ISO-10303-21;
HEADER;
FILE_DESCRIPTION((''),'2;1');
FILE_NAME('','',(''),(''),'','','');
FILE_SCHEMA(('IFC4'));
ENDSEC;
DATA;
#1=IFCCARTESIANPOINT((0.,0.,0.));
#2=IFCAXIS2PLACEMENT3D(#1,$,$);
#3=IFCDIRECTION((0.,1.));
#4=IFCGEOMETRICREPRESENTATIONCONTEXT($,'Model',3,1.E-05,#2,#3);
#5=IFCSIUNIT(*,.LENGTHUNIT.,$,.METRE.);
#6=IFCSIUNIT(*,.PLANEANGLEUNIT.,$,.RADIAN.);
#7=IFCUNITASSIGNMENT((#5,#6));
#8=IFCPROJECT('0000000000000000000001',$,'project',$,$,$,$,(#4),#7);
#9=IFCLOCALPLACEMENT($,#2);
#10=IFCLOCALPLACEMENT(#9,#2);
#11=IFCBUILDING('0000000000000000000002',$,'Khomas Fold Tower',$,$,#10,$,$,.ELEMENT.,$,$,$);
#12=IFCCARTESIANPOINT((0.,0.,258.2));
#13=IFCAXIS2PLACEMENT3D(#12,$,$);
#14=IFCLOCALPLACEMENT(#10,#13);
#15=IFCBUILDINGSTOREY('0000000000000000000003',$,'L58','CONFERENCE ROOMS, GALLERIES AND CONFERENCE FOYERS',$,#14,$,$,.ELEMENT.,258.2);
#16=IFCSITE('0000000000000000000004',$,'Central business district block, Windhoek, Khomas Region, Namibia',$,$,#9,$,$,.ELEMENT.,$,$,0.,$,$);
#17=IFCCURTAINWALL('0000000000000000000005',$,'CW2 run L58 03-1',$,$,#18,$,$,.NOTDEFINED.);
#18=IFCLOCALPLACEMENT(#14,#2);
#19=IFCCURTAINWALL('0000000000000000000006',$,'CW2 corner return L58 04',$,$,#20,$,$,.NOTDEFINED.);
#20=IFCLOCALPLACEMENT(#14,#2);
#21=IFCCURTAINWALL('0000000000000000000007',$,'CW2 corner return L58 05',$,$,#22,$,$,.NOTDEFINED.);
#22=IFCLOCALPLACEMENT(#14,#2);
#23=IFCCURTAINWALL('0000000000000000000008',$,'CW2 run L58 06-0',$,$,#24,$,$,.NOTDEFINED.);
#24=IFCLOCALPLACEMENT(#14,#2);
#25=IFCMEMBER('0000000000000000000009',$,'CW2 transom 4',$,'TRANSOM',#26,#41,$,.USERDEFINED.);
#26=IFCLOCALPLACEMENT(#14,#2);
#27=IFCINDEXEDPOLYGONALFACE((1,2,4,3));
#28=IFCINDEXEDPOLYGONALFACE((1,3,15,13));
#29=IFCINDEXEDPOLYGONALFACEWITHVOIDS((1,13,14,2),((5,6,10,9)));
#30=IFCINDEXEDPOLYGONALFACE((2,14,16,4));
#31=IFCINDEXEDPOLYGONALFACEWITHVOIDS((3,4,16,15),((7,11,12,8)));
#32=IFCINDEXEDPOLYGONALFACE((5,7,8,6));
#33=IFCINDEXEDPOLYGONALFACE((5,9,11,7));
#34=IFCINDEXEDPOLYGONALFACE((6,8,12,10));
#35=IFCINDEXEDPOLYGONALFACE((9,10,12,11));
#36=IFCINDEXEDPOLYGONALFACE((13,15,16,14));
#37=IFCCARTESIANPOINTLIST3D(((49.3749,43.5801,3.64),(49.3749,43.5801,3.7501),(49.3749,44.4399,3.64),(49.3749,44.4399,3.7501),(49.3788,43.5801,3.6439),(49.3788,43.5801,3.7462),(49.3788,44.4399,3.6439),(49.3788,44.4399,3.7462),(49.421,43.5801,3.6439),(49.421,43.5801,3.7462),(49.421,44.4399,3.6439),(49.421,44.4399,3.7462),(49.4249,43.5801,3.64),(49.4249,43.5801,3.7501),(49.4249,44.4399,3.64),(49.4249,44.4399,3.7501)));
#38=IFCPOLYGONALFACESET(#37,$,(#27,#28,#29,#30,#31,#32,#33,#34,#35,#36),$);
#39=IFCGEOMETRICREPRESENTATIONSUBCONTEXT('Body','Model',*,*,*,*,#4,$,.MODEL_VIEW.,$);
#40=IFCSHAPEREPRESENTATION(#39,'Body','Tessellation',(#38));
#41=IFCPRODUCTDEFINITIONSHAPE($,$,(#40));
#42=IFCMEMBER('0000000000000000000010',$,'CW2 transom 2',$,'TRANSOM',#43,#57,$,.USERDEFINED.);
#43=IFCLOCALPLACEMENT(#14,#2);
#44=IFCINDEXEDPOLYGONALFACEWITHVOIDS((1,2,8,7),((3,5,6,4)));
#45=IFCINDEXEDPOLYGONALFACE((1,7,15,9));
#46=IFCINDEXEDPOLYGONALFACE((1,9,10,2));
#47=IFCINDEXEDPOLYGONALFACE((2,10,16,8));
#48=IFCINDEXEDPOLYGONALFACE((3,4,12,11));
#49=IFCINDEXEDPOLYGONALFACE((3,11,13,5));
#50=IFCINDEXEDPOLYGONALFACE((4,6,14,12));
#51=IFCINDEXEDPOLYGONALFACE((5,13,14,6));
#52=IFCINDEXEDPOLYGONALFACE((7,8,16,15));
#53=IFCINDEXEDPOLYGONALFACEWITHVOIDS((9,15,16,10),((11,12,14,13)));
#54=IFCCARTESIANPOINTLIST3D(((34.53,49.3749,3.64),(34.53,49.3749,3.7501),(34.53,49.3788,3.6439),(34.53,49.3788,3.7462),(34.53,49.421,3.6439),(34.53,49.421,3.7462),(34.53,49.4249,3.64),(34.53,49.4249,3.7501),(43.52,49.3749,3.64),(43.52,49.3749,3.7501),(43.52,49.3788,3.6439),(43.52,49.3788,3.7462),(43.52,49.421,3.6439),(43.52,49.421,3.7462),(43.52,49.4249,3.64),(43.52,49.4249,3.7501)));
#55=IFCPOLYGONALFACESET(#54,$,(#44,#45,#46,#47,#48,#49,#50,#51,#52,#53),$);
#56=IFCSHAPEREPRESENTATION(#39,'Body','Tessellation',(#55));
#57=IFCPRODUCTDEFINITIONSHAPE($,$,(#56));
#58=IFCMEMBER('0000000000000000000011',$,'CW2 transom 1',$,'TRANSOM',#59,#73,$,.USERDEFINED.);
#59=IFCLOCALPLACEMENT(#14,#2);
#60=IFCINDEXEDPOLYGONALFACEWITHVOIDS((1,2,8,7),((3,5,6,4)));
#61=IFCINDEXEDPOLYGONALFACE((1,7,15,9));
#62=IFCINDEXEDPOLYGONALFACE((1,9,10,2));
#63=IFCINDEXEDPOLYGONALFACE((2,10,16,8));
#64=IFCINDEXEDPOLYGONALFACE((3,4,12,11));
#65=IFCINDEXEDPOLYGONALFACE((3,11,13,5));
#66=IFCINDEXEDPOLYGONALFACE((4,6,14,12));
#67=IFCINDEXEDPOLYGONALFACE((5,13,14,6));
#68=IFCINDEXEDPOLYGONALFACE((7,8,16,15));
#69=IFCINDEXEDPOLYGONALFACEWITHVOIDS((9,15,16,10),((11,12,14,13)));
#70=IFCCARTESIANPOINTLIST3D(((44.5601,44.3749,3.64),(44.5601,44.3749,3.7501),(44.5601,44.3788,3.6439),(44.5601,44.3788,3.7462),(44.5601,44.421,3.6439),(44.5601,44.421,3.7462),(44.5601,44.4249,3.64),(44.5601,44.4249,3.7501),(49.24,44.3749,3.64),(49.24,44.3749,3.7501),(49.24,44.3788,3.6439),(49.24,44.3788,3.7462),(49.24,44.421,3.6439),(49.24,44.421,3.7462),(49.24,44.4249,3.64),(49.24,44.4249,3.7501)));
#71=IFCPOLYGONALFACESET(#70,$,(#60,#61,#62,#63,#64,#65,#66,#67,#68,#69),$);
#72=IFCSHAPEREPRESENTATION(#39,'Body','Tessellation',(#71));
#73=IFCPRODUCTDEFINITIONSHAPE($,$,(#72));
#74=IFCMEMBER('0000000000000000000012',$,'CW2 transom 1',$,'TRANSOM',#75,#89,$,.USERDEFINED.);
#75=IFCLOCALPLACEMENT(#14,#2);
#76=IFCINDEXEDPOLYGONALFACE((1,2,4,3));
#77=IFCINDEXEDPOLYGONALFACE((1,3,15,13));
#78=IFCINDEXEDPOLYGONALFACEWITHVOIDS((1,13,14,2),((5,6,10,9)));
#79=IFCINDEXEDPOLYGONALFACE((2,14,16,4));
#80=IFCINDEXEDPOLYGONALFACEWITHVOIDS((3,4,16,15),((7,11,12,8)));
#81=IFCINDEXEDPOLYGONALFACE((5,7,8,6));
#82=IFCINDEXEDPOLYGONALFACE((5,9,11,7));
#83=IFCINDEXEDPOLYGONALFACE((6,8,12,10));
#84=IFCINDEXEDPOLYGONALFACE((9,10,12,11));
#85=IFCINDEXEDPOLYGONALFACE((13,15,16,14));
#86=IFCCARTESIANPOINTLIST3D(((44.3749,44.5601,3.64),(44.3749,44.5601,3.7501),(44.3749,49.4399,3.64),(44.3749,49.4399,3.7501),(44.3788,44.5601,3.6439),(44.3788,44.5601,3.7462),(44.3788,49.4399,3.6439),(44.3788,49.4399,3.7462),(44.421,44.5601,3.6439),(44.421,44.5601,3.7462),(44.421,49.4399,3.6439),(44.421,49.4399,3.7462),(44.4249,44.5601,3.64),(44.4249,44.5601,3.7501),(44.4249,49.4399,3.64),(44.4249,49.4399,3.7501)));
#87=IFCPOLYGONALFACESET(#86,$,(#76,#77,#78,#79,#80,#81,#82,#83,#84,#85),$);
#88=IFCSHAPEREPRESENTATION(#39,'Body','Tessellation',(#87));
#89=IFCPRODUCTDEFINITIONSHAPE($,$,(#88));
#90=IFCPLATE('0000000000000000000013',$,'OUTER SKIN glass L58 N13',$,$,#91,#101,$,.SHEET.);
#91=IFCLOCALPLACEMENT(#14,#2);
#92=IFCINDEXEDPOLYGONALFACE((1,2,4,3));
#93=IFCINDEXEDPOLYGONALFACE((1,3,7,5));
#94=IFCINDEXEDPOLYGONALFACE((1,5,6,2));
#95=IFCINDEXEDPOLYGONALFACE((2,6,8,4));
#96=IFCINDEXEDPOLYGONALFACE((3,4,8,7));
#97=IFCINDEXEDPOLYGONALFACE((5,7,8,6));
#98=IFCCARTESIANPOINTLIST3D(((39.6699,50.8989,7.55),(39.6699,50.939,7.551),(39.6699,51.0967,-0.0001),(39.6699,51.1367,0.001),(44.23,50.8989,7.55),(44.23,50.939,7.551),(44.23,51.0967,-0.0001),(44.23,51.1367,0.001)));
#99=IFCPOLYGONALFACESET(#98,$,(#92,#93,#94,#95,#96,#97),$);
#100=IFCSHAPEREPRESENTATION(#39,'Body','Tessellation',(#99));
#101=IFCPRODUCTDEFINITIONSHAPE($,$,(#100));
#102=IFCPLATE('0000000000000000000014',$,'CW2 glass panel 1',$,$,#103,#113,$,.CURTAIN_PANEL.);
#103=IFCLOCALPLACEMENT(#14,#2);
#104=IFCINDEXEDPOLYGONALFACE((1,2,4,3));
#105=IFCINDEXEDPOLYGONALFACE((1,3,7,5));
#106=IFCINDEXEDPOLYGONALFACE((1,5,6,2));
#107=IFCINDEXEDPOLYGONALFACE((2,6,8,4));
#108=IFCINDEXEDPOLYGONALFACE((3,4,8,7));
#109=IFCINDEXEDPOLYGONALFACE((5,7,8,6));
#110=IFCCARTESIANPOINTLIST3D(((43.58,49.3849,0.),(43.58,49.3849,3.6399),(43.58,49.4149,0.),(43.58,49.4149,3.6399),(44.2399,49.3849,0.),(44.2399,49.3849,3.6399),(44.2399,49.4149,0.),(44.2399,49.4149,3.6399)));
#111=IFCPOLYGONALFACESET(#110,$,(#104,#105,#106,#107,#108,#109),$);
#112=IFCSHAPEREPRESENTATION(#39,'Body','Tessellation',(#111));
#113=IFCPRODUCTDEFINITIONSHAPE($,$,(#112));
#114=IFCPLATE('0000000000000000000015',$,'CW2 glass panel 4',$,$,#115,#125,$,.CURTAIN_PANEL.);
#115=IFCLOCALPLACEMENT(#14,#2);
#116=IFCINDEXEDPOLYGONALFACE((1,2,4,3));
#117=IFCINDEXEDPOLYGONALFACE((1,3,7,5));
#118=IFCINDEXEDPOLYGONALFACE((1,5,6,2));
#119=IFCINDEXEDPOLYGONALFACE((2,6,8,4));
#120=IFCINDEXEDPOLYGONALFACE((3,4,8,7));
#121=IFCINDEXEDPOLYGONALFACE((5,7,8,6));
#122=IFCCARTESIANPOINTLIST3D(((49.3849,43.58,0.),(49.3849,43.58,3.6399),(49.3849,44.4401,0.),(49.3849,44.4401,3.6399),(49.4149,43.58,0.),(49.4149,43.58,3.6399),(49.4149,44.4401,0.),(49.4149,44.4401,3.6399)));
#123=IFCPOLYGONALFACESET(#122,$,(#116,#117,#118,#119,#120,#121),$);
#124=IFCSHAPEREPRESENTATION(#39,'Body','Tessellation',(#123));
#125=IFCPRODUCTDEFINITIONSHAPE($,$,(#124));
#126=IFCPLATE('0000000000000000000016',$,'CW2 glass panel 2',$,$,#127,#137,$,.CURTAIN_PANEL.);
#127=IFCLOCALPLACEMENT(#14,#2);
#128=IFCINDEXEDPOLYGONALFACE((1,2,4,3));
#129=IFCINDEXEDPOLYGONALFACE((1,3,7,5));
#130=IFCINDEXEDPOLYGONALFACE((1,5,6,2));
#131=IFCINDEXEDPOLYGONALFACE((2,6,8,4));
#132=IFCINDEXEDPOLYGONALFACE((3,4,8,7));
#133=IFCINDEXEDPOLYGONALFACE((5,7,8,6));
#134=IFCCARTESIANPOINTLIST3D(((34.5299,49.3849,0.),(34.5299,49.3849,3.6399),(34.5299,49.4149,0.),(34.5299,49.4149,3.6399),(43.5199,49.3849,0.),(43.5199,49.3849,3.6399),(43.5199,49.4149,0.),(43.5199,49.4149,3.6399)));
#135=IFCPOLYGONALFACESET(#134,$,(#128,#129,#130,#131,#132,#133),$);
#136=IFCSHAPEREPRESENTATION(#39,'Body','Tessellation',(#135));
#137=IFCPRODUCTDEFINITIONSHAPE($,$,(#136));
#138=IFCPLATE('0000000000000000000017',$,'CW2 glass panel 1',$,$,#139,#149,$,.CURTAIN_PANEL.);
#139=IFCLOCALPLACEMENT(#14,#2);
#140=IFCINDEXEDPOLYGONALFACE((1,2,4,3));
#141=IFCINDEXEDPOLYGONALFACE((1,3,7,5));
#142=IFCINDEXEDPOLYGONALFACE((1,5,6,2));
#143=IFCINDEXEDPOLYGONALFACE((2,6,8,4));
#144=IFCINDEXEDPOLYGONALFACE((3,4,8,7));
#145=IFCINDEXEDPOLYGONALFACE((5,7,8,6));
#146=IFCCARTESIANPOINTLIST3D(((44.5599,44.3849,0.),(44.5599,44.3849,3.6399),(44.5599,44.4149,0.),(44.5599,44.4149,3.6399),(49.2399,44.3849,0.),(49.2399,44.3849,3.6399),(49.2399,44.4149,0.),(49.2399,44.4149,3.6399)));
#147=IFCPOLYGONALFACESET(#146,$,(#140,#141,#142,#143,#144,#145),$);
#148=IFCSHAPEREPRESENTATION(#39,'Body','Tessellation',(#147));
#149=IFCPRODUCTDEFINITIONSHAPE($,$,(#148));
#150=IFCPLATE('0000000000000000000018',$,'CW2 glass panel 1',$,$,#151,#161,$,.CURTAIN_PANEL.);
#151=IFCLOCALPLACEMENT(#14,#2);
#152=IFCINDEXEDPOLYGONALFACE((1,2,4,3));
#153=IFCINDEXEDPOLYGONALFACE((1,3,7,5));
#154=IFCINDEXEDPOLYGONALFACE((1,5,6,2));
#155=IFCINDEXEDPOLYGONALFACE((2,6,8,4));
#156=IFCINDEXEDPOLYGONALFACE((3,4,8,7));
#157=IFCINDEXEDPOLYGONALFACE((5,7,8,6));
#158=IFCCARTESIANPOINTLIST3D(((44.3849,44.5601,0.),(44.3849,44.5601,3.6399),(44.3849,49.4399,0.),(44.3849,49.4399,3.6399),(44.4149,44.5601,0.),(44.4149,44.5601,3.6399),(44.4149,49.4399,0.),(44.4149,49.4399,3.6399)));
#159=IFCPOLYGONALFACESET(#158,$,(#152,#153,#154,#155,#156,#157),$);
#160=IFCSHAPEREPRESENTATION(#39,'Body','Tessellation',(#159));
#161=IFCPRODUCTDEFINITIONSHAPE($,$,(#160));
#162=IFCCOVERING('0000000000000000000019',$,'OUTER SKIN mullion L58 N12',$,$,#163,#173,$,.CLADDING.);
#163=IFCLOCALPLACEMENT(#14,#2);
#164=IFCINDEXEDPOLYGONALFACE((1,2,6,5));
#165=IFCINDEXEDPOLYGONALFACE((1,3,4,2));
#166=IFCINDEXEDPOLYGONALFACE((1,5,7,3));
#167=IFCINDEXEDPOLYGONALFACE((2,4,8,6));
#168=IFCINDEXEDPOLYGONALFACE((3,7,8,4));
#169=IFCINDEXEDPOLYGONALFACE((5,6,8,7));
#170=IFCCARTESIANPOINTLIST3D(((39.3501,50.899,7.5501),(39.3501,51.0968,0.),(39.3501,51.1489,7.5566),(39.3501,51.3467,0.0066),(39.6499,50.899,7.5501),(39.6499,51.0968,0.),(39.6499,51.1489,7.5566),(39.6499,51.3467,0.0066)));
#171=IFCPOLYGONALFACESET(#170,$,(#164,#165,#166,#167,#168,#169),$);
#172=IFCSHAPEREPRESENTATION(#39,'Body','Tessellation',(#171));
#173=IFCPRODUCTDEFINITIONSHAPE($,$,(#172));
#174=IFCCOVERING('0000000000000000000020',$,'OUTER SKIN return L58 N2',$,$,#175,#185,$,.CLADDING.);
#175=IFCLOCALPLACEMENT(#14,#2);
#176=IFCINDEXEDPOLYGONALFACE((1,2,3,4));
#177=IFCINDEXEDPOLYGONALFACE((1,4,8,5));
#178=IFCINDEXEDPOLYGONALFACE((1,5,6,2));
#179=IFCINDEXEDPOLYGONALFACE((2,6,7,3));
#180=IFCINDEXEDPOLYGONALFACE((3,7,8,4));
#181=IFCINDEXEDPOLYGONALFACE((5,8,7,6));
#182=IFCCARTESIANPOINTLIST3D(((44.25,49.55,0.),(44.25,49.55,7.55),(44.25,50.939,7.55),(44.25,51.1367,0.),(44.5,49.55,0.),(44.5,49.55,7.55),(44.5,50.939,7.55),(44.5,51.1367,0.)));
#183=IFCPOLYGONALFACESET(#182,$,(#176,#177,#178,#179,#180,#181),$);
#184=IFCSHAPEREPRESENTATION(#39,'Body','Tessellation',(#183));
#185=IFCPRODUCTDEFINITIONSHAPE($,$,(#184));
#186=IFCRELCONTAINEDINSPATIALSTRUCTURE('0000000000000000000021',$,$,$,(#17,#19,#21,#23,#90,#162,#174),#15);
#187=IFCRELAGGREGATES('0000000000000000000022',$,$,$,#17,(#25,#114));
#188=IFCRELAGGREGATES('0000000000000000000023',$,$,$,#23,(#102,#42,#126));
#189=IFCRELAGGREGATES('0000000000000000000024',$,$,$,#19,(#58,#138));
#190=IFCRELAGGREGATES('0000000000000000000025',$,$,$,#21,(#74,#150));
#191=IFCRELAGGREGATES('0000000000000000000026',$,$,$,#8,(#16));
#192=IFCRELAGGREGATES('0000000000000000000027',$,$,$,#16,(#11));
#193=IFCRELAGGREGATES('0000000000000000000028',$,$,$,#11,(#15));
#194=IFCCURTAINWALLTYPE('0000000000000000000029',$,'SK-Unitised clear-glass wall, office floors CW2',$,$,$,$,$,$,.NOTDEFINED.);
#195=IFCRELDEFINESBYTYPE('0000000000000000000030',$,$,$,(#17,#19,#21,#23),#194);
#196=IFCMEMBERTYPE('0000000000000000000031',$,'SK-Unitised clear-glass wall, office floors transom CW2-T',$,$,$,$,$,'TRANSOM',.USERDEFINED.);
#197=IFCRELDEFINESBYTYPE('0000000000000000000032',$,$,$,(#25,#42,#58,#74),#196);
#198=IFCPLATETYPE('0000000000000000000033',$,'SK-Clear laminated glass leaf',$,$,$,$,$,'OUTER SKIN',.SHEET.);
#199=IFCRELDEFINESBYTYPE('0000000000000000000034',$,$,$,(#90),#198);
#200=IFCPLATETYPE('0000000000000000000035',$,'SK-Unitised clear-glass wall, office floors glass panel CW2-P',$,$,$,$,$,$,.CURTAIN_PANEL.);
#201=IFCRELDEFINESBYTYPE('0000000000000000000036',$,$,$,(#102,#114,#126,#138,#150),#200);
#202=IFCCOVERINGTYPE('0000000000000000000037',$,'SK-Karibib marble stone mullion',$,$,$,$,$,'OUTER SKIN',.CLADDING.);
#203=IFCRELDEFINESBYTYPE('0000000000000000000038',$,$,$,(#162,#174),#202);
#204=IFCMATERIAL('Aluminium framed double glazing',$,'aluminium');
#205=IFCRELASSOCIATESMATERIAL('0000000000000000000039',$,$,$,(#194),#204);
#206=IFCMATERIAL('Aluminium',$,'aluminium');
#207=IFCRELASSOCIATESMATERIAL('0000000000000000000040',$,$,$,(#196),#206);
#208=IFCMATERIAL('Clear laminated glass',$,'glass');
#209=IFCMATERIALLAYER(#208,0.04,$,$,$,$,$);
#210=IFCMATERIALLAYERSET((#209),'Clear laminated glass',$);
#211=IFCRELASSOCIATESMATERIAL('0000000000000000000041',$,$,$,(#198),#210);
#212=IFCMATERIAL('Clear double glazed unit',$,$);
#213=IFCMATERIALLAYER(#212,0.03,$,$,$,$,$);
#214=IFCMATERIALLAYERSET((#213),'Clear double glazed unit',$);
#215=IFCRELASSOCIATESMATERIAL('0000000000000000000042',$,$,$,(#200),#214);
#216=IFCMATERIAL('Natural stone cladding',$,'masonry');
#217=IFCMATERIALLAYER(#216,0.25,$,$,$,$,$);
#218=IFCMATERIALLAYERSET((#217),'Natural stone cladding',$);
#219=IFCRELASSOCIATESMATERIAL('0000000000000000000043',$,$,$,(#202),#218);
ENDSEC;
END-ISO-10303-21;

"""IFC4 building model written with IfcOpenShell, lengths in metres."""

from ifc_helpers import new_model, si_unit, direction, frame, origin, origin_2d, place, context, subcontext, project, spatial, polyline, rectangle, hollow_rectangle, outline, extrude, source, transform, mapped, material, layer, layer_set, material_profile, profile_set, type_object, element, aggregate, save


model = new_model("IFC4")

# Units and contexts
model_context = context("Model", 3, precision=1e-05, world=origin(), true_north=direction((0.0, 1.0)))
body_context = subcontext(model_context, "Body", "Model", "MODEL_VIEW")
ifc_project = project(units=[si_unit("LENGTHUNIT", "METRE"), si_unit("PLANEANGLEUNIT", "RADIAN")], contexts=[model_context])

# Site, building, storey
site_placement = place(None, origin())
site = spatial("IfcSite", under=ifc_project, at=site_placement, Name="Central business district block, Windhoek, Khomas Region, Namibia", CompositionType="ELEMENT", RefElevation=0.0)
building_placement = place(site_placement, origin())
building = spatial("IfcBuilding", under=site, at=building_placement, Name="Khomas Fold Tower", CompositionType="ELEMENT")
storey_placement = place(building_placement, frame((0.0, 0.0, 258.2)))
storey = spatial("IfcBuildingStorey", under=building, at=storey_placement, Name="L58", Description="CONFERENCE ROOMS, GALLERIES AND CONFERENCE FOYERS", CompositionType="ELEMENT", Elevation=258.2)

# Curtain walls
ifc_material_1 = material(Name="Aluminium framed double glazing", Category="aluminium")
curtain_wall_type = type_object("IfcCurtainWallType", Name="SK-Unitised clear-glass wall, office floors CW2", PredefinedType="NOTDEFINED", material=ifc_material_1)
curtain_wall_1_placement = place(storey_placement, origin())
curtain_wall_1 = element("IfcCurtainWall", 1, at=curtain_wall_1_placement, inside=storey, type_object=curtain_wall_type, Name="CW2 run L58 03-1", PredefinedType="NOTDEFINED")
curtain_wall_2_placement = place(storey_placement, origin())
curtain_wall_2 = element("IfcCurtainWall", 2, at=curtain_wall_2_placement, inside=storey, type_object=curtain_wall_type, Name="CW2 corner return L58 04", PredefinedType="NOTDEFINED")
curtain_wall_3_placement = place(storey_placement, origin())
curtain_wall_3 = element("IfcCurtainWall", 3, at=curtain_wall_3_placement, inside=storey, type_object=curtain_wall_type, Name="CW2 corner return L58 05", PredefinedType="NOTDEFINED")
curtain_wall_4_placement = place(storey_placement, origin())
curtain_wall_4 = element("IfcCurtainWall", 4, at=curtain_wall_4_placement, inside=storey, type_object=curtain_wall_type, Name="CW2 run L58 06-0", PredefinedType="NOTDEFINED")
ifc_material_2 = material(Name="Aluminium", Category="aluminium")
ifc_material_profile_1 = material_profile(ifc_material_2, hollow_rectangle(XDim=0.05, YDim=0.1101, WallThickness=0.0039, at=origin_2d()), Name="SK-Unitised clear-glass wall, office floors transom CW2-T")
ifc_profile_set_1 = profile_set([ifc_material_profile_1], Name="Aluminium")
member_type_1 = type_object("IfcMemberType", Name="SK-Unitised clear-glass wall, office floors transom CW2-T", ElementType="TRANSOM", PredefinedType="USERDEFINED", material=ifc_profile_set_1)

# Members
shared_shape_1 = source(origin(), body_context, "Body", "SweptSolid", [
    extrude(hollow_rectangle(XDim=0.05, YDim=0.1101, WallThickness=0.0039, at=origin_2d()), origin(), (0.0, 0.0, 1.0), 0.8599),
])
member_1_placement = place(storey_placement, frame((49.3999, 43.5801, 3.6951), z_axis=(0.0, 1.0, 0.0), x_axis=(-1.0, 0.0, 0.0)))
member_1 = element("IfcMember", 5, at=member_1_placement, type_object=member_type_1, Name="CW2 transom 4", ObjectType="TRANSOM", PredefinedType="USERDEFINED", context=body_context, shape_type="MappedRepresentation", body=[
    mapped(shared_shape_1, transform((0.0, 0.0, 0.0))),
])
shared_shape_2 = source(origin(), body_context, "Body", "SweptSolid", [
    extrude(hollow_rectangle(XDim=0.05, YDim=0.1101, WallThickness=0.0039, at=origin_2d()), origin(), (0.0, 0.0, 1.0), 8.99),
])
member_2_placement = place(storey_placement, frame((43.52, 49.3999, 3.6951), z_axis=(-1.0, 0.0, 0.0), x_axis=(0.0, -1.0, 0.0)))
member_2 = element("IfcMember", 6, at=member_2_placement, type_object=member_type_1, Name="CW2 transom 2", ObjectType="TRANSOM", PredefinedType="USERDEFINED", context=body_context, shape_type="MappedRepresentation", body=[
    mapped(shared_shape_2, transform((0.0, 0.0, 0.0))),
])
shared_shape_3 = source(origin(), body_context, "Body", "SweptSolid", [
    extrude(hollow_rectangle(XDim=0.05, YDim=0.1101, WallThickness=0.0039, at=origin_2d()), origin(), (0.0, 0.0, 1.0), 4.6799),
])
member_3_placement = place(storey_placement, frame((49.24, 44.3999, 3.6951), z_axis=(-1.0, 0.0, 0.0), x_axis=(0.0, -1.0, 0.0)))
member_3 = element("IfcMember", 7, at=member_3_placement, type_object=member_type_1, Name="CW2 transom 1", ObjectType="TRANSOM", PredefinedType="USERDEFINED", context=body_context, shape_type="MappedRepresentation", body=[
    mapped(shared_shape_3, transform((0.0, 0.0, 0.0))),
])
shared_shape_4 = source(origin(), body_context, "Body", "SweptSolid", [
    extrude(hollow_rectangle(XDim=0.05, YDim=0.1101, WallThickness=0.0039, at=origin_2d()), origin(), (0.0, 0.0, 1.0), 4.8799),
])
member_4_placement = place(storey_placement, frame((44.3999, 44.5601, 3.6951), z_axis=(0.0, 1.0, 0.0), x_axis=(-1.0, 0.0, 0.0)))
member_4 = element("IfcMember", 8, at=member_4_placement, type_object=member_type_1, Name="CW2 transom 1", ObjectType="TRANSOM", PredefinedType="USERDEFINED", context=body_context, shape_type="MappedRepresentation", body=[
    mapped(shared_shape_4, transform((0.0, 0.0, 0.0))),
])

# Plates
ifc_material_3 = material(Name="Clear laminated glass", Category="glass")
ifc_layer_1 = layer(ifc_material_3, 0.04)
ifc_layer_set_1 = layer_set([ifc_layer_1], Name="Clear laminated glass")
plate_type_1 = type_object("IfcPlateType", Name="SK-Clear laminated glass leaf", ElementType="OUTER SKIN", PredefinedType="SHEET", material=ifc_layer_set_1)
plate_1_placement = place(storey_placement, frame((39.6699, 51.1367, 0.001), z_axis=(0.0, 0.999657, 0.026183), x_axis=(1.0, 0.0, 0.0)))
element("IfcPlate", 9, at=plate_1_placement, inside=storey, type_object=plate_type_1, Name="OUTER SKIN glass L58 N13", PredefinedType="SHEET", context=body_context, shape_type="SweptSolid", body=[
    extrude(outline(polyline([(0.0, 0.0), (4.5601, 0.0), (4.5601, -7.5526), (0.0, -7.5526), (0.0, 0.0)])), origin(), (0.0, 0.0, -1.0), 0.04),
])
ifc_material_4 = material(Name="Clear double glazed unit")
ifc_layer_2 = layer(ifc_material_4, 0.03)
ifc_layer_set_2 = layer_set([ifc_layer_2], Name="Clear double glazed unit")
plate_type_2 = type_object("IfcPlateType", Name="SK-Unitised clear-glass wall, office floors glass panel CW2-P", PredefinedType="CURTAIN_PANEL", material=ifc_layer_set_2)
shared_shape_5 = source(origin(), body_context, "Body", "SweptSolid", [
    extrude(rectangle(XDim=0.6599, YDim=0.03, at=origin_2d()), origin(), (0.0, 0.0, 1.0), 3.6399),
])
plate_2_placement = place(storey_placement, frame((43.9099, 49.3999, 0.0), z_axis=(0.0, 0.0, 1.0), x_axis=(-1.0, 0.0, 0.0)))
plate_2 = element("IfcPlate", 10, at=plate_2_placement, type_object=plate_type_2, Name="CW2 glass panel 1", PredefinedType="CURTAIN_PANEL", context=body_context, shape_type="MappedRepresentation", body=[
    mapped(shared_shape_5, transform((0.0, 0.0, 0.0))),
])
shared_shape_6 = source(origin(), body_context, "Body", "SweptSolid", [
    extrude(rectangle(XDim=0.8601, YDim=0.03, at=origin_2d()), origin(), (0.0, 0.0, 1.0), 3.6399),
])
plate_3_placement = place(storey_placement, frame((49.3999, 44.01, 0.0), z_axis=(0.0, 0.0, 1.0), x_axis=(0.0, 1.0, 0.0)))
plate_3 = element("IfcPlate", 11, at=plate_3_placement, type_object=plate_type_2, Name="CW2 glass panel 4", PredefinedType="CURTAIN_PANEL", context=body_context, shape_type="MappedRepresentation", body=[
    mapped(shared_shape_6, transform((0.0, 0.0, 0.0))),
])
aggregate(curtain_wall_1, [member_1, plate_3])
shared_shape_7 = source(origin(), body_context, "Body", "SweptSolid", [
    extrude(rectangle(XDim=8.99, YDim=0.03, at=origin_2d()), origin(), (0.0, 0.0, 1.0), 3.6399),
])
plate_4_placement = place(storey_placement, frame((39.0249, 49.3999, 0.0), z_axis=(0.0, 0.0, 1.0), x_axis=(-1.0, 0.0, 0.0)))
plate_4 = element("IfcPlate", 12, at=plate_4_placement, type_object=plate_type_2, Name="CW2 glass panel 2", PredefinedType="CURTAIN_PANEL", context=body_context, shape_type="MappedRepresentation", body=[
    mapped(shared_shape_7, transform((0.0, 0.0, 0.0))),
])
aggregate(curtain_wall_4, [plate_2, member_2, plate_4])
shared_shape_8 = source(origin(), body_context, "Body", "SweptSolid", [
    extrude(rectangle(XDim=4.6799, YDim=0.03, at=origin_2d()), origin(), (0.0, 0.0, 1.0), 3.6399),
])
plate_5_placement = place(storey_placement, frame((46.8999, 44.3999, 0.0), z_axis=(0.0, 0.0, 1.0), x_axis=(-1.0, 0.0, 0.0)))
plate_5 = element("IfcPlate", 13, at=plate_5_placement, type_object=plate_type_2, Name="CW2 glass panel 1", PredefinedType="CURTAIN_PANEL", context=body_context, shape_type="MappedRepresentation", body=[
    mapped(shared_shape_8, transform((0.0, 0.0, 0.0))),
])
aggregate(curtain_wall_2, [member_3, plate_5])
shared_shape_9 = source(origin(), body_context, "Body", "SweptSolid", [
    extrude(rectangle(XDim=4.8799, YDim=0.03, at=origin_2d()), origin(), (0.0, 0.0, 1.0), 3.6399),
])
plate_6_placement = place(storey_placement, frame((44.3999, 47.0, 0.0), z_axis=(0.0, 0.0, 1.0), x_axis=(0.0, 1.0, 0.0)))
plate_6 = element("IfcPlate", 14, at=plate_6_placement, type_object=plate_type_2, Name="CW2 glass panel 1", PredefinedType="CURTAIN_PANEL", context=body_context, shape_type="MappedRepresentation", body=[
    mapped(shared_shape_9, transform((0.0, 0.0, 0.0))),
])
aggregate(curtain_wall_3, [member_4, plate_6])

# Coverings
ifc_material_5 = material(Name="Natural stone cladding", Category="masonry")
ifc_layer_3 = layer(ifc_material_5, 0.25)
ifc_layer_set_3 = layer_set([ifc_layer_3], Name="Natural stone cladding")
covering_type = type_object("IfcCoveringType", Name="SK-Karibib marble stone mullion", ElementType="OUTER SKIN", PredefinedType="CLADDING", material=ifc_layer_set_3)
covering_1_placement = place(storey_placement, frame((39.3501, 51.3467, 0.0066), z_axis=(0.0, 0.999657, 0.026183), x_axis=(1.0, 0.0, 0.0)))
element("IfcCovering", 15, at=covering_1_placement, inside=storey, type_object=covering_type, Name="OUTER SKIN mullion L58 N12", PredefinedType="CLADDING", context=body_context, shape_type="SweptSolid", body=[
    extrude(outline(polyline([(0.0, 0.0), (0.2998, 0.0), (0.2998, -7.5526), (0.0, -7.5526), (0.0, 0.0)])), origin(), (0.0, 0.0, -1.0), 0.25),
])
covering_2_placement = place(storey_placement, frame((44.5, 49.55, 0.0), z_axis=(1.0, 0.0, 0.0), x_axis=(0.0, 1.0, 0.0)))
element("IfcCovering", 16, at=covering_2_placement, inside=storey, type_object=covering_type, Name="OUTER SKIN return L58 N2", PredefinedType="CLADDING", context=body_context, shape_type="SweptSolid", body=[
    extrude(outline(polyline([(0.0, 0.0), (1.5867, 0.0), (1.3889, 7.55), (0.0, 7.55), (0.0, 0.0)])), origin(), (0.0, 0.0, -1.0), 0.25),
])

save(model, "model.ifc")
